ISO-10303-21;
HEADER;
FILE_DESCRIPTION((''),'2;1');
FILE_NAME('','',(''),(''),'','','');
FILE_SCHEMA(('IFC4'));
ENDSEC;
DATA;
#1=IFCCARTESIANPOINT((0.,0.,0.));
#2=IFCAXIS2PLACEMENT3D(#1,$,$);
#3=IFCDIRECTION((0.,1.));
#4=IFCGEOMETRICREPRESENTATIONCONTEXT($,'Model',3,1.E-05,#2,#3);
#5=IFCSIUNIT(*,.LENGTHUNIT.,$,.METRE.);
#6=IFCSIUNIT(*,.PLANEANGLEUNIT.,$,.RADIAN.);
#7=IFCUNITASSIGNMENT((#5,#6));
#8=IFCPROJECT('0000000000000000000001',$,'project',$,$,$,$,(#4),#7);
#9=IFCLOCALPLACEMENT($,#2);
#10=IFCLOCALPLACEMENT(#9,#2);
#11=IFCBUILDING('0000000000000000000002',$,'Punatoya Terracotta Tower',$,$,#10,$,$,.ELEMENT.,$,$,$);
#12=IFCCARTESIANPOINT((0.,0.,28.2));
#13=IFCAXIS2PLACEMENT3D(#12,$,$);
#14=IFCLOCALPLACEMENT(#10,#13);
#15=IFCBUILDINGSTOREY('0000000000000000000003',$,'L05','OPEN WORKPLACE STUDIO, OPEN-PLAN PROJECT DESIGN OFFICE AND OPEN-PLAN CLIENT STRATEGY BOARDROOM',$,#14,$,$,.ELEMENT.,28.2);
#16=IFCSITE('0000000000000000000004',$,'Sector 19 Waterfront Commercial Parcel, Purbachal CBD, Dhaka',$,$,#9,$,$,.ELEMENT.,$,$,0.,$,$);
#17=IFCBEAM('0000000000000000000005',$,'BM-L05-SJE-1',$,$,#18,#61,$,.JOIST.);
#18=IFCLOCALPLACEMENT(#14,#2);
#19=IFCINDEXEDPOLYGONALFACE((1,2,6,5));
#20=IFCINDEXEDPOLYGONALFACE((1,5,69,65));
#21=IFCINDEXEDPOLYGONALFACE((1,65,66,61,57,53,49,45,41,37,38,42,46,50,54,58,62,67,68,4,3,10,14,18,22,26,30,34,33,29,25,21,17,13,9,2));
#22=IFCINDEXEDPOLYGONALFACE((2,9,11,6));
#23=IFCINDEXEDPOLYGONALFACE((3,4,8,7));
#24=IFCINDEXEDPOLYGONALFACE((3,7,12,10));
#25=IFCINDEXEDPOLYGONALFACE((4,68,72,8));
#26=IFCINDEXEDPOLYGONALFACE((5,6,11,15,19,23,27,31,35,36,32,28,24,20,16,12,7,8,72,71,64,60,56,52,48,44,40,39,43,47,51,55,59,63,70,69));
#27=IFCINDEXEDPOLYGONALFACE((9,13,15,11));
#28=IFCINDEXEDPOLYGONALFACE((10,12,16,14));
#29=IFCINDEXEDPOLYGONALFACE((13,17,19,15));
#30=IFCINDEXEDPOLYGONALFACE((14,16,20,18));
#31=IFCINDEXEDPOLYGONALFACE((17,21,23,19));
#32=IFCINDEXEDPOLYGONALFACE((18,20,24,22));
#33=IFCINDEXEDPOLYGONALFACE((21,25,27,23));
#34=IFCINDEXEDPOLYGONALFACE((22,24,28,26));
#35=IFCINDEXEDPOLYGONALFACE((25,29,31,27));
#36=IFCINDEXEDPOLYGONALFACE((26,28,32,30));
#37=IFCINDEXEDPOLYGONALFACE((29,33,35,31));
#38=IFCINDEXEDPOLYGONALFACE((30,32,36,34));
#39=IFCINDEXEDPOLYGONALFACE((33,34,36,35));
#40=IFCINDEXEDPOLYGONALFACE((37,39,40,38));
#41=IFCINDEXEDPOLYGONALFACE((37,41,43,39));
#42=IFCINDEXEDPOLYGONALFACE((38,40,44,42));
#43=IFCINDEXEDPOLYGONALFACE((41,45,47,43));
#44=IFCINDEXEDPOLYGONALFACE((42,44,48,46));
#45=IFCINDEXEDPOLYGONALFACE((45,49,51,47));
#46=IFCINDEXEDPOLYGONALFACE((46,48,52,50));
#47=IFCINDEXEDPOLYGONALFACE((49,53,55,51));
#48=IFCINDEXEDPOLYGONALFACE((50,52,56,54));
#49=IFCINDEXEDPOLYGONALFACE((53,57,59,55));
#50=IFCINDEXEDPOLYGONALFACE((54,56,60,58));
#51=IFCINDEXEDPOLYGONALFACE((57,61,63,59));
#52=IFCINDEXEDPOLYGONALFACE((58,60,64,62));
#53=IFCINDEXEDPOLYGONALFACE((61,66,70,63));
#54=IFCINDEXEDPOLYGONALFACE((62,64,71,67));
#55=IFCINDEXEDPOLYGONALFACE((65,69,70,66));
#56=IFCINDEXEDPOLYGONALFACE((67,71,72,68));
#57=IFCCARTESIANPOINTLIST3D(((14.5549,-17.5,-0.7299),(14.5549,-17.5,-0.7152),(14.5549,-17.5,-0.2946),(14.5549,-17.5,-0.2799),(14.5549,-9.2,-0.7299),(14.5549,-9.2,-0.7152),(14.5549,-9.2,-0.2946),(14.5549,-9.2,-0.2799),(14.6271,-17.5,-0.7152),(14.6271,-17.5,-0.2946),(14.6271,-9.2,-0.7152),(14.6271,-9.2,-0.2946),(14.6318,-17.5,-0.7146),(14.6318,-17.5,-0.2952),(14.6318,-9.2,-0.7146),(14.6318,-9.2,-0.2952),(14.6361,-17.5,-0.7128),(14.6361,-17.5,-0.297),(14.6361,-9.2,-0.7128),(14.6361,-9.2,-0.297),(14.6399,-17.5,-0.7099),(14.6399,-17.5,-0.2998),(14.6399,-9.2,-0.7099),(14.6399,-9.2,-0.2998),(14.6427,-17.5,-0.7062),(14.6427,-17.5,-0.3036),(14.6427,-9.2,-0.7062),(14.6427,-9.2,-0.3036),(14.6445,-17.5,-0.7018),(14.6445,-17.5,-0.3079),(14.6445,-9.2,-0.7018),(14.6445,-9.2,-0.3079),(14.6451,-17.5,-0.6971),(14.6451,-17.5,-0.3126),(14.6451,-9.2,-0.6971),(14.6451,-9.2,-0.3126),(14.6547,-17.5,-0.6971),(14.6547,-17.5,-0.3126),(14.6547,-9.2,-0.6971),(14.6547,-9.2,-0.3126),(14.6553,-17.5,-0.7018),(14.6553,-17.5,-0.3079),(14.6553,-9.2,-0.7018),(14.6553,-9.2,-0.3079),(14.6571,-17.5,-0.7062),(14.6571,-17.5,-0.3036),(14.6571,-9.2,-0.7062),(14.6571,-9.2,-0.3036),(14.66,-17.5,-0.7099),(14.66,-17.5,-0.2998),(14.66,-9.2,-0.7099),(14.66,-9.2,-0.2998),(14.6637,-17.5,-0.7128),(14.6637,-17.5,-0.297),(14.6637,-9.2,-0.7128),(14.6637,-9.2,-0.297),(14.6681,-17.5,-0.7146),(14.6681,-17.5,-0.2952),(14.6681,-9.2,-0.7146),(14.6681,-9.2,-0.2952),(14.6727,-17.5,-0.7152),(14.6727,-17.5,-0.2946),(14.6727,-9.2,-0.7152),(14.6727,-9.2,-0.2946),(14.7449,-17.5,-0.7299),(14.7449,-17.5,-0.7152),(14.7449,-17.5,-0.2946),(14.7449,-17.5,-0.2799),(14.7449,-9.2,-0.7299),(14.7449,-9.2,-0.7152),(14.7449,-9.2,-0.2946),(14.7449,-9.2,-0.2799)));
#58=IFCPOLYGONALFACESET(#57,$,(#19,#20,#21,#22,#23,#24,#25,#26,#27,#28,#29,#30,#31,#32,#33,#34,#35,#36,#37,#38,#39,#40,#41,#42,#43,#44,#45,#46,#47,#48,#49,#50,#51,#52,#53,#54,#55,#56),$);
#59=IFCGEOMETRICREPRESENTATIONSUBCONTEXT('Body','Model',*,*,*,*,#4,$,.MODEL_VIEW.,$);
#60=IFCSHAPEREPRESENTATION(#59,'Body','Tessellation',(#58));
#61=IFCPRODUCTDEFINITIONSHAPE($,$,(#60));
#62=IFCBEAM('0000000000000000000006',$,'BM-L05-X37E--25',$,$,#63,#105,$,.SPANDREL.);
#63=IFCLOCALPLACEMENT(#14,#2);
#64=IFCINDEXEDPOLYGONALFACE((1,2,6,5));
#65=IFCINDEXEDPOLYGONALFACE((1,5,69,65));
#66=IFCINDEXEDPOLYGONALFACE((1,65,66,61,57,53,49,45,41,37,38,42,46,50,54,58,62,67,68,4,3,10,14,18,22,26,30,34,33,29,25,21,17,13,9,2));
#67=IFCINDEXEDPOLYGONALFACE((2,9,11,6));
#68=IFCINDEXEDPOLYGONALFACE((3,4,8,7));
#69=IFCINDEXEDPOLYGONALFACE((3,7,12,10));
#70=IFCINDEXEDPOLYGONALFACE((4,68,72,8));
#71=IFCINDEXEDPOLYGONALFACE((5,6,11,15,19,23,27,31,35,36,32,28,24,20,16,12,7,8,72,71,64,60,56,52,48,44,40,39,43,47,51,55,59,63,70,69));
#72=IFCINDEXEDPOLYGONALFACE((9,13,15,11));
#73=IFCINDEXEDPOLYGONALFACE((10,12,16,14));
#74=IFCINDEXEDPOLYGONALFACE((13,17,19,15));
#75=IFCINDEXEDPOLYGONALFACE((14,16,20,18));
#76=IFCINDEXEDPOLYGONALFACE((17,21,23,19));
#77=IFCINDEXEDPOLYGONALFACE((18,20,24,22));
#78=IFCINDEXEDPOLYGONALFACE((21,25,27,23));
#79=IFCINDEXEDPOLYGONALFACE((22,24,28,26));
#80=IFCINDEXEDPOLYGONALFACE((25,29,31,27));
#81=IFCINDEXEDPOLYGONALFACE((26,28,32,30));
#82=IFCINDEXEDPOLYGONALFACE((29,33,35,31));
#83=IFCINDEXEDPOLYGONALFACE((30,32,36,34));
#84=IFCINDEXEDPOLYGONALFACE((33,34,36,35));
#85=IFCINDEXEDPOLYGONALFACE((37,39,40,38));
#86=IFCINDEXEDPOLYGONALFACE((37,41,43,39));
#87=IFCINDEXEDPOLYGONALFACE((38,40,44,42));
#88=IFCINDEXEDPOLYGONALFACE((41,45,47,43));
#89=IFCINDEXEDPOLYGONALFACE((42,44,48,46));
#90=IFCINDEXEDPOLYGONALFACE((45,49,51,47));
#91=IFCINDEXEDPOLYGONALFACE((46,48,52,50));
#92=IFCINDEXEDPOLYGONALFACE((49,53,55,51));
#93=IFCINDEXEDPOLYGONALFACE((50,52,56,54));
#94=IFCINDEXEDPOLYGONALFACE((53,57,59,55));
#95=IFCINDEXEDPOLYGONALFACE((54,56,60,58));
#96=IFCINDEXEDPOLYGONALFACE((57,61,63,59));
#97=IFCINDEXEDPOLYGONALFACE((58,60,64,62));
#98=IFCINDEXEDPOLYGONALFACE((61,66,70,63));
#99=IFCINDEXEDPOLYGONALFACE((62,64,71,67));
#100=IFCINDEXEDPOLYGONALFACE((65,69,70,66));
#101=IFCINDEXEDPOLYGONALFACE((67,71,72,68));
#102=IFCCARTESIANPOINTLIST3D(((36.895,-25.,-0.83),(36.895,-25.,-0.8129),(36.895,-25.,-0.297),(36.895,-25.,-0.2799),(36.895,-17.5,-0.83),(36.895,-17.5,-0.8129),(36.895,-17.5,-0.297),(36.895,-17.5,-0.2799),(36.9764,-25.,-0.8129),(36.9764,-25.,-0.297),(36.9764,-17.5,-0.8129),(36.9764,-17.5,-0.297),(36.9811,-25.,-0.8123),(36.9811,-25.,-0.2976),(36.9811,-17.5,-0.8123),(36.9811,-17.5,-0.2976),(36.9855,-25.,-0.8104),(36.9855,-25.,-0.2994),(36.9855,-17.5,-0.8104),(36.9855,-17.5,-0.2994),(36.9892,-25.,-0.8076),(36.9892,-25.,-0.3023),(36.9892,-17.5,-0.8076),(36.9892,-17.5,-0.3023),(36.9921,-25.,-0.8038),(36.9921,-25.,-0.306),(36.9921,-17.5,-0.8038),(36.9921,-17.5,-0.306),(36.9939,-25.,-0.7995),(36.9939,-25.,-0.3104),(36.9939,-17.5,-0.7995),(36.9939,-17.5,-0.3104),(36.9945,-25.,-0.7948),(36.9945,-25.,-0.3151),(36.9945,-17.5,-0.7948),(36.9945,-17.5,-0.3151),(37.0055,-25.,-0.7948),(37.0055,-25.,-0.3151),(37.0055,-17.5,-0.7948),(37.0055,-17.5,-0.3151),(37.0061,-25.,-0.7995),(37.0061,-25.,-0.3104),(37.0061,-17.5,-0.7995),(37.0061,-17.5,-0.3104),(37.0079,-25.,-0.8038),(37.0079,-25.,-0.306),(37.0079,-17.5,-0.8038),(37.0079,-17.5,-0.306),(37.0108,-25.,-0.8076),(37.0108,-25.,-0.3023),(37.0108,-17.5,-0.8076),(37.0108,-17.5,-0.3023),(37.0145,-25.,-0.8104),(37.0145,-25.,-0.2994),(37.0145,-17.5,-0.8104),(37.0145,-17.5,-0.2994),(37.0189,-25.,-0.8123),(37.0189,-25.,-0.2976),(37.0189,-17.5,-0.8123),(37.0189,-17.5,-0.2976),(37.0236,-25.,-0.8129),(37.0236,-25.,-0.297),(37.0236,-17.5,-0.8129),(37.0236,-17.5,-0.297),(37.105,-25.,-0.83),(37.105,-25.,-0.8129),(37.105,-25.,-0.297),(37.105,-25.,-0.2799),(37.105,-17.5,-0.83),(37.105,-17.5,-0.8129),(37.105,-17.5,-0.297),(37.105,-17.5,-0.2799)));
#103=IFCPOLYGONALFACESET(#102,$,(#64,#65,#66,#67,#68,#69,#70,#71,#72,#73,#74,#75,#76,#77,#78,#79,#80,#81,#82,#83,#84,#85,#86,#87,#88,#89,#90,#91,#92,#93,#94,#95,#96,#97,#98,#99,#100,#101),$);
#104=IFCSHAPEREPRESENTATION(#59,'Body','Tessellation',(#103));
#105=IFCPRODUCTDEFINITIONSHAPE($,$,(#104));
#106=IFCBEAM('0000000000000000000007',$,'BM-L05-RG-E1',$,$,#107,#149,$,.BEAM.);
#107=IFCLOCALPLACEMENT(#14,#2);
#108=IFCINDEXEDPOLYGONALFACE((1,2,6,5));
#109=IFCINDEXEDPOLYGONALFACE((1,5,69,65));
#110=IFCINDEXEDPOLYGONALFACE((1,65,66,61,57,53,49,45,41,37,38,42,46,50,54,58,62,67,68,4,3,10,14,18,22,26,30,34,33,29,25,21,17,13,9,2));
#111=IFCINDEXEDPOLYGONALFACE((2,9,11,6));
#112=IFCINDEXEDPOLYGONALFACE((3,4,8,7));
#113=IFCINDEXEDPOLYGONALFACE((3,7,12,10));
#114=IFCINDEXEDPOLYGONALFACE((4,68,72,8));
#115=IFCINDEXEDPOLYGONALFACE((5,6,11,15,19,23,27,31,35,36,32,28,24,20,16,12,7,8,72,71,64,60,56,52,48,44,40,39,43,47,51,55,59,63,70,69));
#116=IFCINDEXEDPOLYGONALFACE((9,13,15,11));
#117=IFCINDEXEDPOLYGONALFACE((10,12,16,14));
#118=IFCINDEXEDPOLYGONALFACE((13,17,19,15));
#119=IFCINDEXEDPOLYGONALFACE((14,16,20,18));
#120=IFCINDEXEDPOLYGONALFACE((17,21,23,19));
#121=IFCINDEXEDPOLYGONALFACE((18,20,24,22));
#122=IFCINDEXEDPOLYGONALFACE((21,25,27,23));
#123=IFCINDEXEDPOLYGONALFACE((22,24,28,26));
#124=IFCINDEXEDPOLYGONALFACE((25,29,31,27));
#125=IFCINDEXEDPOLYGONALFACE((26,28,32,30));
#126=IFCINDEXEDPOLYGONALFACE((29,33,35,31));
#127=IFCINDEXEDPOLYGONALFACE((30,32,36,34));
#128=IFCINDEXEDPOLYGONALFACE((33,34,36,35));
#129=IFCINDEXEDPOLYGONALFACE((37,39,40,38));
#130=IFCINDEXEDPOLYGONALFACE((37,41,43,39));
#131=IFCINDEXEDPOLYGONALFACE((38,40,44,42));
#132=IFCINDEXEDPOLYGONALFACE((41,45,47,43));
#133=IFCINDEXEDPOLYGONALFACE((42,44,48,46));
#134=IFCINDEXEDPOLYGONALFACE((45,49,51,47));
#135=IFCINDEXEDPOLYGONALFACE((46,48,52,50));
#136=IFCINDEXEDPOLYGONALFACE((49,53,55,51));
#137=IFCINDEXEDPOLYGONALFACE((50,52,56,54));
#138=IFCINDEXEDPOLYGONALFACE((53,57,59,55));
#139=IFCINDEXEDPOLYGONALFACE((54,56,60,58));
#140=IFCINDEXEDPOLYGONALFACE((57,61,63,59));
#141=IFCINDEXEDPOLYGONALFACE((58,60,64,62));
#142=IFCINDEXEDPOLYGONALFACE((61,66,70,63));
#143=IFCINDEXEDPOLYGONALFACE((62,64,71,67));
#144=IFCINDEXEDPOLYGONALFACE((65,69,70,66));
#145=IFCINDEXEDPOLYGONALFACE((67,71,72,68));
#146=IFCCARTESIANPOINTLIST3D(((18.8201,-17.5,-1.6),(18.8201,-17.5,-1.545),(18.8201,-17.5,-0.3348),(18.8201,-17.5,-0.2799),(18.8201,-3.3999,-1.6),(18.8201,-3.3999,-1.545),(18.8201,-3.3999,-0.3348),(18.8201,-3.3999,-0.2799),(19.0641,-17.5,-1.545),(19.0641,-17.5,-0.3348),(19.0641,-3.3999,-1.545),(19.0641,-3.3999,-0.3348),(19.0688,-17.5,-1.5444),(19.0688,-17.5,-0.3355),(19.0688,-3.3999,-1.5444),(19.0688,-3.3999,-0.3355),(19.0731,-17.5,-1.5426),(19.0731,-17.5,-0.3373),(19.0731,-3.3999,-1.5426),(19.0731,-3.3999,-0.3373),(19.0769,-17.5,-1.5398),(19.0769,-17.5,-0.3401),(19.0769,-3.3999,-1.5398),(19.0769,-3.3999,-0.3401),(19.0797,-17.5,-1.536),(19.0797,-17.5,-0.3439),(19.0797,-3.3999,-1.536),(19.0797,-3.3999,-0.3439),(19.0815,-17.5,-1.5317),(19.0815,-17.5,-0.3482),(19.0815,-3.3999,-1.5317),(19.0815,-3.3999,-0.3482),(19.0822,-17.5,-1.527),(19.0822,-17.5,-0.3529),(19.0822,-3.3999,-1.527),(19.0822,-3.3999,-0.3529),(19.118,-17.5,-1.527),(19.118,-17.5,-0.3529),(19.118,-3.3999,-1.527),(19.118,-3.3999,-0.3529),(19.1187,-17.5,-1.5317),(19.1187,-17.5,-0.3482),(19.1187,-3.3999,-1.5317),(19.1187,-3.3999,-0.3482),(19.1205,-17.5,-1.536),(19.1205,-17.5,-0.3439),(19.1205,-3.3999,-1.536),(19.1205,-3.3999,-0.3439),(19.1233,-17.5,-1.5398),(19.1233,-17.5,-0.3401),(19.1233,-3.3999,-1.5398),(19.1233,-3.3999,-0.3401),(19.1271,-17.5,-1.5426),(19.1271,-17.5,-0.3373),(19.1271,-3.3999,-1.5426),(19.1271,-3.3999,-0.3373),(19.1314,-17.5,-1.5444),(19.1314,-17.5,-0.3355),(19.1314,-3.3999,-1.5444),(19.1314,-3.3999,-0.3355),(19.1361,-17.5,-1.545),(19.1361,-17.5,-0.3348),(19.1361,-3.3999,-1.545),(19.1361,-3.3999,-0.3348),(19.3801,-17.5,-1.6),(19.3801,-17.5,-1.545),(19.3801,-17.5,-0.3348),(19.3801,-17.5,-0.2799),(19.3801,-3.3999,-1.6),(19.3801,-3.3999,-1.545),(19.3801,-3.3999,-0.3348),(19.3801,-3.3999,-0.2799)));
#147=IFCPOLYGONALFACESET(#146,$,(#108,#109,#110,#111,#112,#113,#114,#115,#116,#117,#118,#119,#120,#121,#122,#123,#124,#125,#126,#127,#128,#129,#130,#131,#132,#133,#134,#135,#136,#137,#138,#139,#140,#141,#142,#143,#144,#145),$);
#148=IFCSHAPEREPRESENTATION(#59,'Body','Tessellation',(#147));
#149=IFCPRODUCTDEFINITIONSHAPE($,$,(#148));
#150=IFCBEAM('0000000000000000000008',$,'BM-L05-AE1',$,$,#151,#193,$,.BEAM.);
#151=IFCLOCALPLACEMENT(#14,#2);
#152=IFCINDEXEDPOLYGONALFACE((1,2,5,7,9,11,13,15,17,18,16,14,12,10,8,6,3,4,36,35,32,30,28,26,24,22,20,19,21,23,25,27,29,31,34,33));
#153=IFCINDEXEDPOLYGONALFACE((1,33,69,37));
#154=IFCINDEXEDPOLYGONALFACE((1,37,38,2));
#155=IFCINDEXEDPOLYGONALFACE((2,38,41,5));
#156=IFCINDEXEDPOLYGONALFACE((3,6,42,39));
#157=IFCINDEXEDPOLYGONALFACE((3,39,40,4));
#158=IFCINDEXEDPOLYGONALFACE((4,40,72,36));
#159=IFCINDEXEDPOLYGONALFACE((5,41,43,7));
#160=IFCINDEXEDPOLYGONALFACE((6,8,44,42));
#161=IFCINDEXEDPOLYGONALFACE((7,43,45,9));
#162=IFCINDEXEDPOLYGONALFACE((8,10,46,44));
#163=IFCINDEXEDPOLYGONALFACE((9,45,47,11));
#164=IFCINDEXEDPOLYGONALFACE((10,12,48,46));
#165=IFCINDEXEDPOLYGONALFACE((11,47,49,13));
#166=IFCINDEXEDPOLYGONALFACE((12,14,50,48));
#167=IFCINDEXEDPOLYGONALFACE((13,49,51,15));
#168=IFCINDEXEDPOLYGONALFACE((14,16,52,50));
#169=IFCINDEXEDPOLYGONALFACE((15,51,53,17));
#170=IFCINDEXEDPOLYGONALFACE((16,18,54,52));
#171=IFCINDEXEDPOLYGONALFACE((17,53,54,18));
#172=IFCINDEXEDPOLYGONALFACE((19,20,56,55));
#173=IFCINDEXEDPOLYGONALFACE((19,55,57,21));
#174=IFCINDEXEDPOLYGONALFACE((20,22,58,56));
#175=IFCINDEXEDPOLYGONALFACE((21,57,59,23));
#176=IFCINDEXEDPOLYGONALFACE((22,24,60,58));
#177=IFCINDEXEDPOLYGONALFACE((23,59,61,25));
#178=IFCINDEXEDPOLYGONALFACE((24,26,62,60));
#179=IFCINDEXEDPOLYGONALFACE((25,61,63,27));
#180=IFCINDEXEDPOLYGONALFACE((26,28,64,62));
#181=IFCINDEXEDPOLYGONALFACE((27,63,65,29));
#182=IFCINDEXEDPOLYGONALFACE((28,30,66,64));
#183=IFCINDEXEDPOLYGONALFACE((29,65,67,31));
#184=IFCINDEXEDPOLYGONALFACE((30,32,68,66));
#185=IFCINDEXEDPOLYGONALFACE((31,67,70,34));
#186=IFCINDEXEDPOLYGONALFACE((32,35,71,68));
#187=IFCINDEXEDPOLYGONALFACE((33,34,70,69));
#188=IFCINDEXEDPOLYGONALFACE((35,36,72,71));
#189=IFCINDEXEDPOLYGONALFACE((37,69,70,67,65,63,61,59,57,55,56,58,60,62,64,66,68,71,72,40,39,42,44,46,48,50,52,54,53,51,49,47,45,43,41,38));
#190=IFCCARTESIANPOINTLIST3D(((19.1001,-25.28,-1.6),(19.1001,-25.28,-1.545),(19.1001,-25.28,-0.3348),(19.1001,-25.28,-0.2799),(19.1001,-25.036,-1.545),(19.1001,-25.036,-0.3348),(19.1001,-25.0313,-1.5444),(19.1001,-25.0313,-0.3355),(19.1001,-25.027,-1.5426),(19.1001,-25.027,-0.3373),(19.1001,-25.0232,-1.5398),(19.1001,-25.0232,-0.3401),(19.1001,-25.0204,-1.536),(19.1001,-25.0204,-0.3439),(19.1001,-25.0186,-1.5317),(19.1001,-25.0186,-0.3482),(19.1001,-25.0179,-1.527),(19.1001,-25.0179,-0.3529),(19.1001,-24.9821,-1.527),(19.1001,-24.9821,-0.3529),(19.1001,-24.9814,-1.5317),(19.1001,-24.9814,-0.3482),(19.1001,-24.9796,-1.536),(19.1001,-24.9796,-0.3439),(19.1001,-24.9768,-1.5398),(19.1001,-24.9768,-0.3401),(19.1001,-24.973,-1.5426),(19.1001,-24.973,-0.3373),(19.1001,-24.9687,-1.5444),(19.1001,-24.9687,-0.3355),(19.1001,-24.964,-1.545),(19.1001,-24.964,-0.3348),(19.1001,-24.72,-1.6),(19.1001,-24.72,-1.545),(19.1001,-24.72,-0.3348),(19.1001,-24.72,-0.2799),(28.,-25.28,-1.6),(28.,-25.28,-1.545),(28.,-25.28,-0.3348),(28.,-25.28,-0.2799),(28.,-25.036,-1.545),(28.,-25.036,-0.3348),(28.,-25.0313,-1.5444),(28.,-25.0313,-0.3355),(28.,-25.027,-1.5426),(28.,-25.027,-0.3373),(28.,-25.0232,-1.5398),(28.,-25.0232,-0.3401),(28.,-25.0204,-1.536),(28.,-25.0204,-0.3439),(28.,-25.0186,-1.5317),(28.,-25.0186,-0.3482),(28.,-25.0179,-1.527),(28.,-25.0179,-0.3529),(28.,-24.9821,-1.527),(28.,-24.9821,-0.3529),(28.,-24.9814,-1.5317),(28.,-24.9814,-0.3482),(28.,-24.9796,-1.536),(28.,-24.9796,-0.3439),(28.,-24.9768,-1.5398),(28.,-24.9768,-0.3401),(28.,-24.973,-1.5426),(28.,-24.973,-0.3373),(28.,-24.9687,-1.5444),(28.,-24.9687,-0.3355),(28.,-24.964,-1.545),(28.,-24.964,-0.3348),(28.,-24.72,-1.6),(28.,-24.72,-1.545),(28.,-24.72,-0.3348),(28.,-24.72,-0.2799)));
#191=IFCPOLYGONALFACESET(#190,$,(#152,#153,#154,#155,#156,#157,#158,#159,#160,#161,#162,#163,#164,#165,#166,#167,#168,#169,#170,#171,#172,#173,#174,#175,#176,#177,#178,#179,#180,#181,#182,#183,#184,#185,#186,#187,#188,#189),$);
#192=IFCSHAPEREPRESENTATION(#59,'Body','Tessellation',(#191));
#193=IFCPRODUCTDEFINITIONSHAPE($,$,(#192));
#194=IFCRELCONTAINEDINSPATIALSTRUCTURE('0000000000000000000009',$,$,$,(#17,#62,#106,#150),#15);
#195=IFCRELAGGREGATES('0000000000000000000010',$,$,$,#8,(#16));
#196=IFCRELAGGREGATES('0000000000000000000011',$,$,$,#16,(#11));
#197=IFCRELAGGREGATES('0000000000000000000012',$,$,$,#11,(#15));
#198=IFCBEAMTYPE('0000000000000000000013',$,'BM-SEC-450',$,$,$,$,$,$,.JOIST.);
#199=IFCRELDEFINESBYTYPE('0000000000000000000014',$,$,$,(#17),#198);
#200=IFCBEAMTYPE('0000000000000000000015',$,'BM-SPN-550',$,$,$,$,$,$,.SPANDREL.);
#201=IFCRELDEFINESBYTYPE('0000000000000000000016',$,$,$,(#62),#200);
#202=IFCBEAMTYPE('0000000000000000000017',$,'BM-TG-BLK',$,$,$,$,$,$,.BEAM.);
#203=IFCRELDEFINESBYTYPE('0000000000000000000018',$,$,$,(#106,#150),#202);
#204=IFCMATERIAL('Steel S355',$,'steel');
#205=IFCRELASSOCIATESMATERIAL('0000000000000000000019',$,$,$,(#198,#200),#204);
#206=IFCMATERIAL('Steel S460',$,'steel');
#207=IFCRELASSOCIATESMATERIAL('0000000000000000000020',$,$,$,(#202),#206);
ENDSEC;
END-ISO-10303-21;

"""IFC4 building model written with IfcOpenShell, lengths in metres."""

from ifc_helpers import new_model, si_unit, direction, frame, origin, origin_2d, place, context, subcontext, project, spatial, i_section, extrude, material, material_profile, profile_set, type_object, element, save


model = new_model("IFC4")

# Units and contexts
model_context = context("Model", 3, precision=1e-05, world=origin(), true_north=direction((0.0, 1.0)))
body_context = subcontext(model_context, "Body", "Model", "MODEL_VIEW")
ifc_project = project(units=[si_unit("LENGTHUNIT", "METRE"), si_unit("PLANEANGLEUNIT", "RADIAN")], contexts=[model_context])

# Site, building, storey
site_placement = place(None, origin())
site = spatial("IfcSite", under=ifc_project, at=site_placement, Name="Sector 19 Waterfront Commercial Parcel, Purbachal CBD, Dhaka", CompositionType="ELEMENT", RefElevation=0.0)
building_placement = place(site_placement, origin())
building = spatial("IfcBuilding", under=site, at=building_placement, Name="Punatoya Terracotta Tower", CompositionType="ELEMENT")
storey_placement = place(building_placement, frame((0.0, 0.0, 28.2)))
storey = spatial("IfcBuildingStorey", under=building, at=storey_placement, Name="L05", Description="OPEN WORKPLACE STUDIO, OPEN-PLAN PROJECT DESIGN OFFICE AND OPEN-PLAN CLIENT STRATEGY BOARDROOM", CompositionType="ELEMENT", Elevation=28.2)

# Shared definitions
ifc_material_1 = material(Name="Steel S460", Category="steel")

# Beams
ifc_material_2 = material(Name="Steel S355", Category="steel")
ifc_material_profile_1 = material_profile(ifc_material_2, i_section(OverallWidth=0.1899, OverallDepth=0.45, WebThickness=0.0095, FlangeThickness=0.0146, FilletRadius=0.0181, at=origin_2d()))
ifc_profile_set_1 = profile_set([ifc_material_profile_1], Name="Steel S355")
beam_type_1 = type_object("IfcBeamType", Name="BM-SEC-450", PredefinedType="JOIST", material=ifc_profile_set_1)
beam_1_placement = place(storey_placement, frame((14.6499, -17.5, -0.5049), z_axis=(0.0, 1.0, 0.0), x_axis=(-1.0, 0.0, 0.0)))
element("IfcBeam", 1, at=beam_1_placement, inside=storey, type_object=beam_type_1, Name="BM-L05-SJE-1", PredefinedType="JOIST", context=body_context, shape_type="SweptSolid", body=[
    extrude(i_section(OverallWidth=0.1899, OverallDepth=0.45, WebThickness=0.0095, FlangeThickness=0.0146, FilletRadius=0.0181, at=origin_2d()), origin(), (0.0, 0.0, 1.0), 8.3),
])
ifc_material_profile_2 = material_profile(ifc_material_2, i_section(OverallWidth=0.21, OverallDepth=0.55, WebThickness=0.011, FlangeThickness=0.0171, FilletRadius=0.0181, at=origin_2d()))
ifc_profile_set_2 = profile_set([ifc_material_profile_2], Name="Steel S355")
beam_type_2 = type_object("IfcBeamType", Name="BM-SPN-550", PredefinedType="SPANDREL", material=ifc_profile_set_2)
beam_2_placement = place(storey_placement, frame((37.0, -25.0, -0.5549), z_axis=(0.0, 1.0, 0.0), x_axis=(-1.0, 0.0, 0.0)))
element("IfcBeam", 2, at=beam_2_placement, inside=storey, type_object=beam_type_2, Name="BM-L05-X37E--25", PredefinedType="SPANDREL", context=body_context, shape_type="SweptSolid", body=[
    extrude(i_section(OverallWidth=0.21, OverallDepth=0.55, WebThickness=0.011, FlangeThickness=0.0171, FilletRadius=0.0181, at=origin_2d()), origin(), (0.0, 0.0, 1.0), 7.5),
])
ifc_material_profile_3 = material_profile(ifc_material_1, i_section(OverallWidth=0.5601, OverallDepth=1.3201, WebThickness=0.0359, FlangeThickness=0.0549, FilletRadius=0.0181, at=origin_2d()))
ifc_profile_set_3 = profile_set([ifc_material_profile_3], Name="Steel S460")
beam_type_3 = type_object("IfcBeamType", Name="BM-TG-BLK", PredefinedType="BEAM", material=ifc_profile_set_3)
beam_3_placement = place(storey_placement, frame((19.1001, -17.5, -0.9399), z_axis=(0.0, 1.0, 0.0), x_axis=(-1.0, 0.0, 0.0)))
element("IfcBeam", 3, at=beam_3_placement, inside=storey, type_object=beam_type_3, Name="BM-L05-RG-E1", PredefinedType="BEAM", context=body_context, shape_type="SweptSolid", body=[
    extrude(i_section(OverallWidth=0.5601, OverallDepth=1.3201, WebThickness=0.0359, FlangeThickness=0.0549, FilletRadius=0.0181, at=origin_2d()), origin(), (0.0, 0.0, 1.0), 14.1001),
])
for number, where, z_axis, x_axis, name in (
    (4, (19.1001, -25.0, -0.9399), (1.0, 0.0, 0.0), (0.0, 1.0, 0.0), "BM-L05-AE1"),
):
    element("IfcBeam", number, at=place(storey_placement, frame(where, z_axis=z_axis, x_axis=x_axis)), inside=storey, type_object=beam_type_3, Name=name, PredefinedType="BEAM", context=body_context, shape_type="SweptSolid", body=[
        extrude(i_section(OverallWidth=0.5601, OverallDepth=1.3201, WebThickness=0.0359, FlangeThickness=0.0549, FilletRadius=0.0181, at=origin_2d()), origin(), (0.0, 0.0, 1.0), 8.8999),
    ])

save(model, "model.ifc")
